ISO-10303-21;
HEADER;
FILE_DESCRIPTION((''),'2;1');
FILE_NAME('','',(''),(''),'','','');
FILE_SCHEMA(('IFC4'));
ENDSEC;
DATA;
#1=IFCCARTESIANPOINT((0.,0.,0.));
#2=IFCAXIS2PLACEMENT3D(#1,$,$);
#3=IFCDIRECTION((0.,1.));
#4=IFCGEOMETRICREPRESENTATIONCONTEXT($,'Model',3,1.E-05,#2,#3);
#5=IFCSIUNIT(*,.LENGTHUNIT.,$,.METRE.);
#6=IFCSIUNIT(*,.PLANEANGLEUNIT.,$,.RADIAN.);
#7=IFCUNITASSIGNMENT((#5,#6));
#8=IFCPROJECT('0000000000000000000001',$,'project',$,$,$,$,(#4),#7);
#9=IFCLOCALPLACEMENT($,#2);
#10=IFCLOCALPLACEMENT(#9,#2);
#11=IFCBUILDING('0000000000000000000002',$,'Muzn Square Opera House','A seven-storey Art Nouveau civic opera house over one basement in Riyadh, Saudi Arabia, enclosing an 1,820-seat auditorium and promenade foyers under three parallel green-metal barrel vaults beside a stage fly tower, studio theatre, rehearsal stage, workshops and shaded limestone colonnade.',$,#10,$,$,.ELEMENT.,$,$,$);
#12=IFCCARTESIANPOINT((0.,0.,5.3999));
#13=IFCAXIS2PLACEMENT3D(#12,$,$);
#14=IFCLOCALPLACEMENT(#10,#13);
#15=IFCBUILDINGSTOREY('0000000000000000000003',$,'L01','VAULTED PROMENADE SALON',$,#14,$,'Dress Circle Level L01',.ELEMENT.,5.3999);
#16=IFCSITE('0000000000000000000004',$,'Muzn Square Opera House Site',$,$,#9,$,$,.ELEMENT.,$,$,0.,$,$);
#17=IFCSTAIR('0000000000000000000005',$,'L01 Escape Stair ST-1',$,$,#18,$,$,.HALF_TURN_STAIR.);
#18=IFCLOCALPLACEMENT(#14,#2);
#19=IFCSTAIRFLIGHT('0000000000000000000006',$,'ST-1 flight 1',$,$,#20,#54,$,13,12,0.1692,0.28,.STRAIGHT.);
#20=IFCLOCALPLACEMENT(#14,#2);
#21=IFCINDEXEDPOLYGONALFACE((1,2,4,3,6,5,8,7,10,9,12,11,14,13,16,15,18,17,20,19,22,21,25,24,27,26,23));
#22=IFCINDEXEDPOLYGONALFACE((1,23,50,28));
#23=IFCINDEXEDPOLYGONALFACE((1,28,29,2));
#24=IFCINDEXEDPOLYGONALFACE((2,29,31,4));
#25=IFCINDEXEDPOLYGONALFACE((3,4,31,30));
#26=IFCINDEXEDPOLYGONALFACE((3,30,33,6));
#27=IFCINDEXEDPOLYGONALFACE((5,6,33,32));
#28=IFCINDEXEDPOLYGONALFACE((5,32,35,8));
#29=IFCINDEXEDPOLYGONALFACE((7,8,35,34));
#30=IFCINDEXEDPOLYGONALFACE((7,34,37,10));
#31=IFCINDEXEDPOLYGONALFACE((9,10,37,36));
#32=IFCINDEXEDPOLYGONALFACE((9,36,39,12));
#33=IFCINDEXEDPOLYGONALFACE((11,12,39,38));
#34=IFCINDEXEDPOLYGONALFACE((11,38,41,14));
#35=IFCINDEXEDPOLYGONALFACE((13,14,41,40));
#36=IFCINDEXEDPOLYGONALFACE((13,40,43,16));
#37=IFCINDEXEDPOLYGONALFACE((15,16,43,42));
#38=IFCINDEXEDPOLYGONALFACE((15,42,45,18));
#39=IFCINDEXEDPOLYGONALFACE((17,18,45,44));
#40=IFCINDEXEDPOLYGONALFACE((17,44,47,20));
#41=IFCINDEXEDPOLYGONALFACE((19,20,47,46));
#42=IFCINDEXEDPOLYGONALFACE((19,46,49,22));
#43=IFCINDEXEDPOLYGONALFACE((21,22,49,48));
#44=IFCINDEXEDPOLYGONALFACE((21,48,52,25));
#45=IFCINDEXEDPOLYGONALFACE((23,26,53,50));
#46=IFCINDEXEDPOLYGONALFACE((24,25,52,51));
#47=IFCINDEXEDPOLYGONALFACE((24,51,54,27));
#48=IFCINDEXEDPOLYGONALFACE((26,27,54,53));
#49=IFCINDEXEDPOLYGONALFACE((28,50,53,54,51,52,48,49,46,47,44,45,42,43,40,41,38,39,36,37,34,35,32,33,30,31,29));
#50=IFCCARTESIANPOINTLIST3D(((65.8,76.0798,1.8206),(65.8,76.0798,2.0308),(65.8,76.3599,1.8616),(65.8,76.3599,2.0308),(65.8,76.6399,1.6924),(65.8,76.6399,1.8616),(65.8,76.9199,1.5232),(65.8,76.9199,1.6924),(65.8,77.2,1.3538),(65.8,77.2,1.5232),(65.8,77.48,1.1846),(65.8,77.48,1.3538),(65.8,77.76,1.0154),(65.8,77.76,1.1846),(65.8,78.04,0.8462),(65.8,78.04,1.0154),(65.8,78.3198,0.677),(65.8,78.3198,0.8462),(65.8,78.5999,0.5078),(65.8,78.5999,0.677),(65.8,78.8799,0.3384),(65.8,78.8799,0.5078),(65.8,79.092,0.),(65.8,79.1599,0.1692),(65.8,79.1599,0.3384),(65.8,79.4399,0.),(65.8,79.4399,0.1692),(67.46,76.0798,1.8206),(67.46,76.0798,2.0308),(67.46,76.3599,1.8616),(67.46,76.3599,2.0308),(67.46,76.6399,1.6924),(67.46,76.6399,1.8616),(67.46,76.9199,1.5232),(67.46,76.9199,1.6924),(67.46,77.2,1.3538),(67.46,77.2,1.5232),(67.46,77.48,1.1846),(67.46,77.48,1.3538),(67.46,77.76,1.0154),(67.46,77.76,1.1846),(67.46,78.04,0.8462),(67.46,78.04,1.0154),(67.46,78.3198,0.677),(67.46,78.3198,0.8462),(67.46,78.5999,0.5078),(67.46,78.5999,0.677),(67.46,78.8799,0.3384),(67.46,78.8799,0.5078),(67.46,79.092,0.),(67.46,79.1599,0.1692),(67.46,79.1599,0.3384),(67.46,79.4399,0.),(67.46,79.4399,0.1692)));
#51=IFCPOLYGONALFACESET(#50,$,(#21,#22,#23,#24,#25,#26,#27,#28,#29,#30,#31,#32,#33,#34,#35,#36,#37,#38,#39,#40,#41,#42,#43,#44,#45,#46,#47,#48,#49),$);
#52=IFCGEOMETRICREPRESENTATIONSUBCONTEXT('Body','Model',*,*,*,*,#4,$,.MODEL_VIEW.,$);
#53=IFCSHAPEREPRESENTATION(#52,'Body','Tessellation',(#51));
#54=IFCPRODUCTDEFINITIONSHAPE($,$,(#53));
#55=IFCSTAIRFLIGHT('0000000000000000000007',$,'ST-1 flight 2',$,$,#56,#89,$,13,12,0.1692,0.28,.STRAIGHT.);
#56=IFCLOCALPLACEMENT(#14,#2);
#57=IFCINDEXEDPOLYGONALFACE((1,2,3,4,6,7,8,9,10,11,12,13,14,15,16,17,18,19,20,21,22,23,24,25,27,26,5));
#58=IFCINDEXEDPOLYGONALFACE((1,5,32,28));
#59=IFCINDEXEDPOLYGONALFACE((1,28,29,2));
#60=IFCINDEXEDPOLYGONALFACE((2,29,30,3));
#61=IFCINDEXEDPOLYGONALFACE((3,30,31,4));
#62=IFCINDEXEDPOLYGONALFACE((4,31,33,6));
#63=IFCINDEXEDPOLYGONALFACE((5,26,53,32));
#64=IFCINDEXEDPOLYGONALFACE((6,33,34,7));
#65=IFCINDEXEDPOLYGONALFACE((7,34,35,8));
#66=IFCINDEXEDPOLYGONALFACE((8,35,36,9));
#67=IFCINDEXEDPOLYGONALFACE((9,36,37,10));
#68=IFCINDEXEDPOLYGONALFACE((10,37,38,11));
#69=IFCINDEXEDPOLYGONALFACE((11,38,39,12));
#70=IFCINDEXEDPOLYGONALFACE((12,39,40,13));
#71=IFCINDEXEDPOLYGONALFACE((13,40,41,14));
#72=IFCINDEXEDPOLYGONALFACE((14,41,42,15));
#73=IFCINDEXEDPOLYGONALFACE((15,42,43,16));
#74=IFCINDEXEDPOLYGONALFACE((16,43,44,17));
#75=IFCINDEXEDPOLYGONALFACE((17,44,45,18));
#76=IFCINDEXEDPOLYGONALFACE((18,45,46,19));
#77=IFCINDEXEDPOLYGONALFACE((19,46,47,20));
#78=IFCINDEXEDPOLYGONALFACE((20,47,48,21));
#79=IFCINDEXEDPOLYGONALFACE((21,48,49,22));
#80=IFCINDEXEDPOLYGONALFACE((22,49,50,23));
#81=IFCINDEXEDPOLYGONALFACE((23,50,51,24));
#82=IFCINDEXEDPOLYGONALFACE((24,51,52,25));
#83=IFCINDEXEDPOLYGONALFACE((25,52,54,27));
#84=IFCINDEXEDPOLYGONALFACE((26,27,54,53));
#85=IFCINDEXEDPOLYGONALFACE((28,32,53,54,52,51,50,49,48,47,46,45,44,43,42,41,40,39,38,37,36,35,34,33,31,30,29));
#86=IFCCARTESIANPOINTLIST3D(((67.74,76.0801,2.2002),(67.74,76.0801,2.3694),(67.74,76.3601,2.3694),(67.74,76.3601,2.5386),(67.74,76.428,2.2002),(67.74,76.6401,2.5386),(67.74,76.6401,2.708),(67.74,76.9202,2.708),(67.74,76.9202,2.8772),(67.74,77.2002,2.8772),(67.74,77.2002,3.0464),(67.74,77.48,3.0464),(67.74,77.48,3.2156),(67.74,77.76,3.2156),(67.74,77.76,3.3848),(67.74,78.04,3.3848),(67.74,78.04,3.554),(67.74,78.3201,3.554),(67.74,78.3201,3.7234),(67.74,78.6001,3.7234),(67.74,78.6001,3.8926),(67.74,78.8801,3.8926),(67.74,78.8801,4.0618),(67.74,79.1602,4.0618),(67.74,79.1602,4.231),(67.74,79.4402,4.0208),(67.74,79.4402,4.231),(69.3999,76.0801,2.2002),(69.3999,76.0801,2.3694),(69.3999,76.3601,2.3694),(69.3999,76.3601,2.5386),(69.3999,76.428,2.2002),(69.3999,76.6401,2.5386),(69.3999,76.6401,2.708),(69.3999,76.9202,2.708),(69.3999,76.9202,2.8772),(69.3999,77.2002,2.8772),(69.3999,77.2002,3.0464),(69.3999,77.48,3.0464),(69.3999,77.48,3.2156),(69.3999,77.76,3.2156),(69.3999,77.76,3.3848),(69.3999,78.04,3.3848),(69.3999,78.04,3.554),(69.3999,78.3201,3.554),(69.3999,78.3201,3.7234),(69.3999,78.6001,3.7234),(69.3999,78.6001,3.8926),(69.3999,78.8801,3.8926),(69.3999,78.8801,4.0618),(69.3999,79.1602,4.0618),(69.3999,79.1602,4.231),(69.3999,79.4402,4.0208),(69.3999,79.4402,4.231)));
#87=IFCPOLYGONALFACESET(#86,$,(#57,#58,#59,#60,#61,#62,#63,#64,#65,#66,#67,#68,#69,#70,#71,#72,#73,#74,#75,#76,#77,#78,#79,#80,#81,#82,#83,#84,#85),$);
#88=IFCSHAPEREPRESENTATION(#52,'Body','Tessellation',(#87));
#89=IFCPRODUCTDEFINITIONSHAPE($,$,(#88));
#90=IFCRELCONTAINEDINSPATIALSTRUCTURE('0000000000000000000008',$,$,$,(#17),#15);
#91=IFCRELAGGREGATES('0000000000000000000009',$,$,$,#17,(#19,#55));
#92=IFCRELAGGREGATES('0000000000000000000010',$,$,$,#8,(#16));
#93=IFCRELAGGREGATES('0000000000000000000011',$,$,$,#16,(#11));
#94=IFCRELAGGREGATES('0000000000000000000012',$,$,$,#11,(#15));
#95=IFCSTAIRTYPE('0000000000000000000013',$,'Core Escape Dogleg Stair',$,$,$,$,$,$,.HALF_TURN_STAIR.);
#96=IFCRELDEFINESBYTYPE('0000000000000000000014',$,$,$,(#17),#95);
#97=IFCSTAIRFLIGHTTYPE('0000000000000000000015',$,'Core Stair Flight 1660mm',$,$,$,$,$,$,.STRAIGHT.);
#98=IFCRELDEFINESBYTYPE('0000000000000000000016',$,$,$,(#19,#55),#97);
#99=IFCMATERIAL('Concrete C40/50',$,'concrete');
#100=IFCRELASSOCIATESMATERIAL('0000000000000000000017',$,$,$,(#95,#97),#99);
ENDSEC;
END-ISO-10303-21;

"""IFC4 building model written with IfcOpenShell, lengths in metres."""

from ifc_helpers import new_model, si_unit, direction, frame, origin, place, context, subcontext, project, spatial, polyline, outline, extrude, material, type_object, element, aggregate, save


model = new_model("IFC4")

# Units and contexts
model_context = context("Model", 3, precision=1e-05, world=origin(), true_north=direction((0.0, 1.0)))
body_context = subcontext(model_context, "Body", "Model", "MODEL_VIEW")
ifc_project = project(units=[si_unit("LENGTHUNIT", "METRE"), si_unit("PLANEANGLEUNIT", "RADIAN")], contexts=[model_context])

# Site, building, storey
site_placement = place(None, origin())
site = spatial("IfcSite", under=ifc_project, at=site_placement, Name="Muzn Square Opera House Site", CompositionType="ELEMENT", RefElevation=0.0)
building_placement = place(site_placement, origin())
building = spatial("IfcBuilding", under=site, at=building_placement, Name="Muzn Square Opera House", Description="A seven-storey Art Nouveau civic opera house over one basement in Riyadh, Saudi Arabia, enclosing an 1,820-seat auditorium and promenade foyers under three parallel green-metal barrel vaults beside a stage fly tower, studio theatre, rehearsal stage, workshops and shaded limestone colonnade.", CompositionType="ELEMENT")
storey_placement = place(building_placement, frame((0.0, 0.0, 5.3999)))
storey = spatial("IfcBuildingStorey", under=building, at=storey_placement, Name="L01", Description="VAULTED PROMENADE SALON", LongName="Dress Circle Level L01", CompositionType="ELEMENT", Elevation=5.3999)

# Shared definitions
ifc_material_1 = material(Name="Concrete C40/50", Category="concrete")

# Stair, stair flights
stair_type = type_object("IfcStairType", Name="Core Escape Dogleg Stair", PredefinedType="HALF_TURN_STAIR", material=ifc_material_1)
stair_placement = place(storey_placement, origin())
stair = element("IfcStair", 1, at=stair_placement, inside=storey, type_object=stair_type, Name="L01 Escape Stair ST-1", PredefinedType="HALF_TURN_STAIR")
stair_flight_type = type_object("IfcStairFlightType", Name="Core Stair Flight 1660mm", PredefinedType="STRAIGHT", material=ifc_material_1)
stair_flight_1_placement = place(storey_placement, frame((66.6299, 79.4399, 0.0), z_axis=(0.0, 0.0, 1.0), x_axis=(0.0, -1.0, 0.0)))
stair_flight_1 = element("IfcStairFlight", 2, at=stair_flight_1_placement, type_object=stair_flight_type, Name="ST-1 flight 1", NumberOfRisers=13, NumberOfTreads=12, PredefinedType="STRAIGHT", RiserHeight=0.1692, TreadLength=0.28, context=body_context, shape_type="SweptSolid", body=[
    extrude(outline(polyline([(0.0, 0.0), (0.0, 0.1692), (0.28, 0.1692), (0.28, 0.3384), (0.5601, 0.3384), (0.5601, 0.5078), (0.8401, 0.5078), (0.8401, 0.677), (1.1201, 0.677), (1.1201, 0.8462), (1.3999, 0.8462), (1.3999, 1.0154), (1.6799, 1.0154), (1.6799, 1.1846), (1.96, 1.1846), (1.96, 1.3538), (2.24, 1.3538), (2.24, 1.5232), (2.52, 1.5232), (2.52, 1.6924), (2.8, 1.6924), (2.8, 1.8616), (3.0801, 1.8616), (3.0801, 2.0308), (3.3601, 2.0308), (3.3601, 2.2), (3.3601, 1.8206), (0.3479, 0.0), (0.0, 0.0)])), frame((0.0, 0.8301, 0.0), z_axis=(0.0, -1.0, 0.0), x_axis=(1.0, 0.0, 0.0)), (0.0, 0.0, 1.0), 1.6599),
])
stair_flight_2_placement = place(storey_placement, frame((68.5701, 76.0801, 2.2002), z_axis=(0.0, 0.0, 1.0), x_axis=(0.0, 1.0, 0.0)))
stair_flight_2 = element("IfcStairFlight", 3, at=stair_flight_2_placement, type_object=stair_flight_type, Name="ST-1 flight 2", NumberOfRisers=13, NumberOfTreads=12, PredefinedType="STRAIGHT", RiserHeight=0.1692, TreadLength=0.28, context=body_context, shape_type="SweptSolid", body=[
    extrude(outline(polyline([(0.0, 0.0), (0.0, 0.1692), (0.28, 0.1692), (0.28, 0.3384), (0.5601, 0.3384), (0.5601, 0.5078), (0.8401, 0.5078), (0.8401, 0.677), (1.1201, 0.677), (1.1201, 0.8462), (1.3999, 0.8462), (1.3999, 1.0154), (1.6799, 1.0154), (1.6799, 1.1846), (1.96, 1.1846), (1.96, 1.3538), (2.24, 1.3538), (2.24, 1.5232), (2.52, 1.5232), (2.52, 1.6924), (2.8, 1.6924), (2.8, 1.8616), (3.0801, 1.8616), (3.0801, 2.0308), (3.3601, 2.0308), (3.3601, 2.2), (3.3601, 1.8206), (0.3479, 0.0), (0.0, 0.0)])), frame((0.0, 0.8301, 0.0), z_axis=(0.0, -1.0, 0.0), x_axis=(1.0, 0.0, 0.0)), (0.0, 0.0, 1.0), 1.6599),
])
aggregate(stair, [stair_flight_1, stair_flight_2])

save(model, "model.ifc")
